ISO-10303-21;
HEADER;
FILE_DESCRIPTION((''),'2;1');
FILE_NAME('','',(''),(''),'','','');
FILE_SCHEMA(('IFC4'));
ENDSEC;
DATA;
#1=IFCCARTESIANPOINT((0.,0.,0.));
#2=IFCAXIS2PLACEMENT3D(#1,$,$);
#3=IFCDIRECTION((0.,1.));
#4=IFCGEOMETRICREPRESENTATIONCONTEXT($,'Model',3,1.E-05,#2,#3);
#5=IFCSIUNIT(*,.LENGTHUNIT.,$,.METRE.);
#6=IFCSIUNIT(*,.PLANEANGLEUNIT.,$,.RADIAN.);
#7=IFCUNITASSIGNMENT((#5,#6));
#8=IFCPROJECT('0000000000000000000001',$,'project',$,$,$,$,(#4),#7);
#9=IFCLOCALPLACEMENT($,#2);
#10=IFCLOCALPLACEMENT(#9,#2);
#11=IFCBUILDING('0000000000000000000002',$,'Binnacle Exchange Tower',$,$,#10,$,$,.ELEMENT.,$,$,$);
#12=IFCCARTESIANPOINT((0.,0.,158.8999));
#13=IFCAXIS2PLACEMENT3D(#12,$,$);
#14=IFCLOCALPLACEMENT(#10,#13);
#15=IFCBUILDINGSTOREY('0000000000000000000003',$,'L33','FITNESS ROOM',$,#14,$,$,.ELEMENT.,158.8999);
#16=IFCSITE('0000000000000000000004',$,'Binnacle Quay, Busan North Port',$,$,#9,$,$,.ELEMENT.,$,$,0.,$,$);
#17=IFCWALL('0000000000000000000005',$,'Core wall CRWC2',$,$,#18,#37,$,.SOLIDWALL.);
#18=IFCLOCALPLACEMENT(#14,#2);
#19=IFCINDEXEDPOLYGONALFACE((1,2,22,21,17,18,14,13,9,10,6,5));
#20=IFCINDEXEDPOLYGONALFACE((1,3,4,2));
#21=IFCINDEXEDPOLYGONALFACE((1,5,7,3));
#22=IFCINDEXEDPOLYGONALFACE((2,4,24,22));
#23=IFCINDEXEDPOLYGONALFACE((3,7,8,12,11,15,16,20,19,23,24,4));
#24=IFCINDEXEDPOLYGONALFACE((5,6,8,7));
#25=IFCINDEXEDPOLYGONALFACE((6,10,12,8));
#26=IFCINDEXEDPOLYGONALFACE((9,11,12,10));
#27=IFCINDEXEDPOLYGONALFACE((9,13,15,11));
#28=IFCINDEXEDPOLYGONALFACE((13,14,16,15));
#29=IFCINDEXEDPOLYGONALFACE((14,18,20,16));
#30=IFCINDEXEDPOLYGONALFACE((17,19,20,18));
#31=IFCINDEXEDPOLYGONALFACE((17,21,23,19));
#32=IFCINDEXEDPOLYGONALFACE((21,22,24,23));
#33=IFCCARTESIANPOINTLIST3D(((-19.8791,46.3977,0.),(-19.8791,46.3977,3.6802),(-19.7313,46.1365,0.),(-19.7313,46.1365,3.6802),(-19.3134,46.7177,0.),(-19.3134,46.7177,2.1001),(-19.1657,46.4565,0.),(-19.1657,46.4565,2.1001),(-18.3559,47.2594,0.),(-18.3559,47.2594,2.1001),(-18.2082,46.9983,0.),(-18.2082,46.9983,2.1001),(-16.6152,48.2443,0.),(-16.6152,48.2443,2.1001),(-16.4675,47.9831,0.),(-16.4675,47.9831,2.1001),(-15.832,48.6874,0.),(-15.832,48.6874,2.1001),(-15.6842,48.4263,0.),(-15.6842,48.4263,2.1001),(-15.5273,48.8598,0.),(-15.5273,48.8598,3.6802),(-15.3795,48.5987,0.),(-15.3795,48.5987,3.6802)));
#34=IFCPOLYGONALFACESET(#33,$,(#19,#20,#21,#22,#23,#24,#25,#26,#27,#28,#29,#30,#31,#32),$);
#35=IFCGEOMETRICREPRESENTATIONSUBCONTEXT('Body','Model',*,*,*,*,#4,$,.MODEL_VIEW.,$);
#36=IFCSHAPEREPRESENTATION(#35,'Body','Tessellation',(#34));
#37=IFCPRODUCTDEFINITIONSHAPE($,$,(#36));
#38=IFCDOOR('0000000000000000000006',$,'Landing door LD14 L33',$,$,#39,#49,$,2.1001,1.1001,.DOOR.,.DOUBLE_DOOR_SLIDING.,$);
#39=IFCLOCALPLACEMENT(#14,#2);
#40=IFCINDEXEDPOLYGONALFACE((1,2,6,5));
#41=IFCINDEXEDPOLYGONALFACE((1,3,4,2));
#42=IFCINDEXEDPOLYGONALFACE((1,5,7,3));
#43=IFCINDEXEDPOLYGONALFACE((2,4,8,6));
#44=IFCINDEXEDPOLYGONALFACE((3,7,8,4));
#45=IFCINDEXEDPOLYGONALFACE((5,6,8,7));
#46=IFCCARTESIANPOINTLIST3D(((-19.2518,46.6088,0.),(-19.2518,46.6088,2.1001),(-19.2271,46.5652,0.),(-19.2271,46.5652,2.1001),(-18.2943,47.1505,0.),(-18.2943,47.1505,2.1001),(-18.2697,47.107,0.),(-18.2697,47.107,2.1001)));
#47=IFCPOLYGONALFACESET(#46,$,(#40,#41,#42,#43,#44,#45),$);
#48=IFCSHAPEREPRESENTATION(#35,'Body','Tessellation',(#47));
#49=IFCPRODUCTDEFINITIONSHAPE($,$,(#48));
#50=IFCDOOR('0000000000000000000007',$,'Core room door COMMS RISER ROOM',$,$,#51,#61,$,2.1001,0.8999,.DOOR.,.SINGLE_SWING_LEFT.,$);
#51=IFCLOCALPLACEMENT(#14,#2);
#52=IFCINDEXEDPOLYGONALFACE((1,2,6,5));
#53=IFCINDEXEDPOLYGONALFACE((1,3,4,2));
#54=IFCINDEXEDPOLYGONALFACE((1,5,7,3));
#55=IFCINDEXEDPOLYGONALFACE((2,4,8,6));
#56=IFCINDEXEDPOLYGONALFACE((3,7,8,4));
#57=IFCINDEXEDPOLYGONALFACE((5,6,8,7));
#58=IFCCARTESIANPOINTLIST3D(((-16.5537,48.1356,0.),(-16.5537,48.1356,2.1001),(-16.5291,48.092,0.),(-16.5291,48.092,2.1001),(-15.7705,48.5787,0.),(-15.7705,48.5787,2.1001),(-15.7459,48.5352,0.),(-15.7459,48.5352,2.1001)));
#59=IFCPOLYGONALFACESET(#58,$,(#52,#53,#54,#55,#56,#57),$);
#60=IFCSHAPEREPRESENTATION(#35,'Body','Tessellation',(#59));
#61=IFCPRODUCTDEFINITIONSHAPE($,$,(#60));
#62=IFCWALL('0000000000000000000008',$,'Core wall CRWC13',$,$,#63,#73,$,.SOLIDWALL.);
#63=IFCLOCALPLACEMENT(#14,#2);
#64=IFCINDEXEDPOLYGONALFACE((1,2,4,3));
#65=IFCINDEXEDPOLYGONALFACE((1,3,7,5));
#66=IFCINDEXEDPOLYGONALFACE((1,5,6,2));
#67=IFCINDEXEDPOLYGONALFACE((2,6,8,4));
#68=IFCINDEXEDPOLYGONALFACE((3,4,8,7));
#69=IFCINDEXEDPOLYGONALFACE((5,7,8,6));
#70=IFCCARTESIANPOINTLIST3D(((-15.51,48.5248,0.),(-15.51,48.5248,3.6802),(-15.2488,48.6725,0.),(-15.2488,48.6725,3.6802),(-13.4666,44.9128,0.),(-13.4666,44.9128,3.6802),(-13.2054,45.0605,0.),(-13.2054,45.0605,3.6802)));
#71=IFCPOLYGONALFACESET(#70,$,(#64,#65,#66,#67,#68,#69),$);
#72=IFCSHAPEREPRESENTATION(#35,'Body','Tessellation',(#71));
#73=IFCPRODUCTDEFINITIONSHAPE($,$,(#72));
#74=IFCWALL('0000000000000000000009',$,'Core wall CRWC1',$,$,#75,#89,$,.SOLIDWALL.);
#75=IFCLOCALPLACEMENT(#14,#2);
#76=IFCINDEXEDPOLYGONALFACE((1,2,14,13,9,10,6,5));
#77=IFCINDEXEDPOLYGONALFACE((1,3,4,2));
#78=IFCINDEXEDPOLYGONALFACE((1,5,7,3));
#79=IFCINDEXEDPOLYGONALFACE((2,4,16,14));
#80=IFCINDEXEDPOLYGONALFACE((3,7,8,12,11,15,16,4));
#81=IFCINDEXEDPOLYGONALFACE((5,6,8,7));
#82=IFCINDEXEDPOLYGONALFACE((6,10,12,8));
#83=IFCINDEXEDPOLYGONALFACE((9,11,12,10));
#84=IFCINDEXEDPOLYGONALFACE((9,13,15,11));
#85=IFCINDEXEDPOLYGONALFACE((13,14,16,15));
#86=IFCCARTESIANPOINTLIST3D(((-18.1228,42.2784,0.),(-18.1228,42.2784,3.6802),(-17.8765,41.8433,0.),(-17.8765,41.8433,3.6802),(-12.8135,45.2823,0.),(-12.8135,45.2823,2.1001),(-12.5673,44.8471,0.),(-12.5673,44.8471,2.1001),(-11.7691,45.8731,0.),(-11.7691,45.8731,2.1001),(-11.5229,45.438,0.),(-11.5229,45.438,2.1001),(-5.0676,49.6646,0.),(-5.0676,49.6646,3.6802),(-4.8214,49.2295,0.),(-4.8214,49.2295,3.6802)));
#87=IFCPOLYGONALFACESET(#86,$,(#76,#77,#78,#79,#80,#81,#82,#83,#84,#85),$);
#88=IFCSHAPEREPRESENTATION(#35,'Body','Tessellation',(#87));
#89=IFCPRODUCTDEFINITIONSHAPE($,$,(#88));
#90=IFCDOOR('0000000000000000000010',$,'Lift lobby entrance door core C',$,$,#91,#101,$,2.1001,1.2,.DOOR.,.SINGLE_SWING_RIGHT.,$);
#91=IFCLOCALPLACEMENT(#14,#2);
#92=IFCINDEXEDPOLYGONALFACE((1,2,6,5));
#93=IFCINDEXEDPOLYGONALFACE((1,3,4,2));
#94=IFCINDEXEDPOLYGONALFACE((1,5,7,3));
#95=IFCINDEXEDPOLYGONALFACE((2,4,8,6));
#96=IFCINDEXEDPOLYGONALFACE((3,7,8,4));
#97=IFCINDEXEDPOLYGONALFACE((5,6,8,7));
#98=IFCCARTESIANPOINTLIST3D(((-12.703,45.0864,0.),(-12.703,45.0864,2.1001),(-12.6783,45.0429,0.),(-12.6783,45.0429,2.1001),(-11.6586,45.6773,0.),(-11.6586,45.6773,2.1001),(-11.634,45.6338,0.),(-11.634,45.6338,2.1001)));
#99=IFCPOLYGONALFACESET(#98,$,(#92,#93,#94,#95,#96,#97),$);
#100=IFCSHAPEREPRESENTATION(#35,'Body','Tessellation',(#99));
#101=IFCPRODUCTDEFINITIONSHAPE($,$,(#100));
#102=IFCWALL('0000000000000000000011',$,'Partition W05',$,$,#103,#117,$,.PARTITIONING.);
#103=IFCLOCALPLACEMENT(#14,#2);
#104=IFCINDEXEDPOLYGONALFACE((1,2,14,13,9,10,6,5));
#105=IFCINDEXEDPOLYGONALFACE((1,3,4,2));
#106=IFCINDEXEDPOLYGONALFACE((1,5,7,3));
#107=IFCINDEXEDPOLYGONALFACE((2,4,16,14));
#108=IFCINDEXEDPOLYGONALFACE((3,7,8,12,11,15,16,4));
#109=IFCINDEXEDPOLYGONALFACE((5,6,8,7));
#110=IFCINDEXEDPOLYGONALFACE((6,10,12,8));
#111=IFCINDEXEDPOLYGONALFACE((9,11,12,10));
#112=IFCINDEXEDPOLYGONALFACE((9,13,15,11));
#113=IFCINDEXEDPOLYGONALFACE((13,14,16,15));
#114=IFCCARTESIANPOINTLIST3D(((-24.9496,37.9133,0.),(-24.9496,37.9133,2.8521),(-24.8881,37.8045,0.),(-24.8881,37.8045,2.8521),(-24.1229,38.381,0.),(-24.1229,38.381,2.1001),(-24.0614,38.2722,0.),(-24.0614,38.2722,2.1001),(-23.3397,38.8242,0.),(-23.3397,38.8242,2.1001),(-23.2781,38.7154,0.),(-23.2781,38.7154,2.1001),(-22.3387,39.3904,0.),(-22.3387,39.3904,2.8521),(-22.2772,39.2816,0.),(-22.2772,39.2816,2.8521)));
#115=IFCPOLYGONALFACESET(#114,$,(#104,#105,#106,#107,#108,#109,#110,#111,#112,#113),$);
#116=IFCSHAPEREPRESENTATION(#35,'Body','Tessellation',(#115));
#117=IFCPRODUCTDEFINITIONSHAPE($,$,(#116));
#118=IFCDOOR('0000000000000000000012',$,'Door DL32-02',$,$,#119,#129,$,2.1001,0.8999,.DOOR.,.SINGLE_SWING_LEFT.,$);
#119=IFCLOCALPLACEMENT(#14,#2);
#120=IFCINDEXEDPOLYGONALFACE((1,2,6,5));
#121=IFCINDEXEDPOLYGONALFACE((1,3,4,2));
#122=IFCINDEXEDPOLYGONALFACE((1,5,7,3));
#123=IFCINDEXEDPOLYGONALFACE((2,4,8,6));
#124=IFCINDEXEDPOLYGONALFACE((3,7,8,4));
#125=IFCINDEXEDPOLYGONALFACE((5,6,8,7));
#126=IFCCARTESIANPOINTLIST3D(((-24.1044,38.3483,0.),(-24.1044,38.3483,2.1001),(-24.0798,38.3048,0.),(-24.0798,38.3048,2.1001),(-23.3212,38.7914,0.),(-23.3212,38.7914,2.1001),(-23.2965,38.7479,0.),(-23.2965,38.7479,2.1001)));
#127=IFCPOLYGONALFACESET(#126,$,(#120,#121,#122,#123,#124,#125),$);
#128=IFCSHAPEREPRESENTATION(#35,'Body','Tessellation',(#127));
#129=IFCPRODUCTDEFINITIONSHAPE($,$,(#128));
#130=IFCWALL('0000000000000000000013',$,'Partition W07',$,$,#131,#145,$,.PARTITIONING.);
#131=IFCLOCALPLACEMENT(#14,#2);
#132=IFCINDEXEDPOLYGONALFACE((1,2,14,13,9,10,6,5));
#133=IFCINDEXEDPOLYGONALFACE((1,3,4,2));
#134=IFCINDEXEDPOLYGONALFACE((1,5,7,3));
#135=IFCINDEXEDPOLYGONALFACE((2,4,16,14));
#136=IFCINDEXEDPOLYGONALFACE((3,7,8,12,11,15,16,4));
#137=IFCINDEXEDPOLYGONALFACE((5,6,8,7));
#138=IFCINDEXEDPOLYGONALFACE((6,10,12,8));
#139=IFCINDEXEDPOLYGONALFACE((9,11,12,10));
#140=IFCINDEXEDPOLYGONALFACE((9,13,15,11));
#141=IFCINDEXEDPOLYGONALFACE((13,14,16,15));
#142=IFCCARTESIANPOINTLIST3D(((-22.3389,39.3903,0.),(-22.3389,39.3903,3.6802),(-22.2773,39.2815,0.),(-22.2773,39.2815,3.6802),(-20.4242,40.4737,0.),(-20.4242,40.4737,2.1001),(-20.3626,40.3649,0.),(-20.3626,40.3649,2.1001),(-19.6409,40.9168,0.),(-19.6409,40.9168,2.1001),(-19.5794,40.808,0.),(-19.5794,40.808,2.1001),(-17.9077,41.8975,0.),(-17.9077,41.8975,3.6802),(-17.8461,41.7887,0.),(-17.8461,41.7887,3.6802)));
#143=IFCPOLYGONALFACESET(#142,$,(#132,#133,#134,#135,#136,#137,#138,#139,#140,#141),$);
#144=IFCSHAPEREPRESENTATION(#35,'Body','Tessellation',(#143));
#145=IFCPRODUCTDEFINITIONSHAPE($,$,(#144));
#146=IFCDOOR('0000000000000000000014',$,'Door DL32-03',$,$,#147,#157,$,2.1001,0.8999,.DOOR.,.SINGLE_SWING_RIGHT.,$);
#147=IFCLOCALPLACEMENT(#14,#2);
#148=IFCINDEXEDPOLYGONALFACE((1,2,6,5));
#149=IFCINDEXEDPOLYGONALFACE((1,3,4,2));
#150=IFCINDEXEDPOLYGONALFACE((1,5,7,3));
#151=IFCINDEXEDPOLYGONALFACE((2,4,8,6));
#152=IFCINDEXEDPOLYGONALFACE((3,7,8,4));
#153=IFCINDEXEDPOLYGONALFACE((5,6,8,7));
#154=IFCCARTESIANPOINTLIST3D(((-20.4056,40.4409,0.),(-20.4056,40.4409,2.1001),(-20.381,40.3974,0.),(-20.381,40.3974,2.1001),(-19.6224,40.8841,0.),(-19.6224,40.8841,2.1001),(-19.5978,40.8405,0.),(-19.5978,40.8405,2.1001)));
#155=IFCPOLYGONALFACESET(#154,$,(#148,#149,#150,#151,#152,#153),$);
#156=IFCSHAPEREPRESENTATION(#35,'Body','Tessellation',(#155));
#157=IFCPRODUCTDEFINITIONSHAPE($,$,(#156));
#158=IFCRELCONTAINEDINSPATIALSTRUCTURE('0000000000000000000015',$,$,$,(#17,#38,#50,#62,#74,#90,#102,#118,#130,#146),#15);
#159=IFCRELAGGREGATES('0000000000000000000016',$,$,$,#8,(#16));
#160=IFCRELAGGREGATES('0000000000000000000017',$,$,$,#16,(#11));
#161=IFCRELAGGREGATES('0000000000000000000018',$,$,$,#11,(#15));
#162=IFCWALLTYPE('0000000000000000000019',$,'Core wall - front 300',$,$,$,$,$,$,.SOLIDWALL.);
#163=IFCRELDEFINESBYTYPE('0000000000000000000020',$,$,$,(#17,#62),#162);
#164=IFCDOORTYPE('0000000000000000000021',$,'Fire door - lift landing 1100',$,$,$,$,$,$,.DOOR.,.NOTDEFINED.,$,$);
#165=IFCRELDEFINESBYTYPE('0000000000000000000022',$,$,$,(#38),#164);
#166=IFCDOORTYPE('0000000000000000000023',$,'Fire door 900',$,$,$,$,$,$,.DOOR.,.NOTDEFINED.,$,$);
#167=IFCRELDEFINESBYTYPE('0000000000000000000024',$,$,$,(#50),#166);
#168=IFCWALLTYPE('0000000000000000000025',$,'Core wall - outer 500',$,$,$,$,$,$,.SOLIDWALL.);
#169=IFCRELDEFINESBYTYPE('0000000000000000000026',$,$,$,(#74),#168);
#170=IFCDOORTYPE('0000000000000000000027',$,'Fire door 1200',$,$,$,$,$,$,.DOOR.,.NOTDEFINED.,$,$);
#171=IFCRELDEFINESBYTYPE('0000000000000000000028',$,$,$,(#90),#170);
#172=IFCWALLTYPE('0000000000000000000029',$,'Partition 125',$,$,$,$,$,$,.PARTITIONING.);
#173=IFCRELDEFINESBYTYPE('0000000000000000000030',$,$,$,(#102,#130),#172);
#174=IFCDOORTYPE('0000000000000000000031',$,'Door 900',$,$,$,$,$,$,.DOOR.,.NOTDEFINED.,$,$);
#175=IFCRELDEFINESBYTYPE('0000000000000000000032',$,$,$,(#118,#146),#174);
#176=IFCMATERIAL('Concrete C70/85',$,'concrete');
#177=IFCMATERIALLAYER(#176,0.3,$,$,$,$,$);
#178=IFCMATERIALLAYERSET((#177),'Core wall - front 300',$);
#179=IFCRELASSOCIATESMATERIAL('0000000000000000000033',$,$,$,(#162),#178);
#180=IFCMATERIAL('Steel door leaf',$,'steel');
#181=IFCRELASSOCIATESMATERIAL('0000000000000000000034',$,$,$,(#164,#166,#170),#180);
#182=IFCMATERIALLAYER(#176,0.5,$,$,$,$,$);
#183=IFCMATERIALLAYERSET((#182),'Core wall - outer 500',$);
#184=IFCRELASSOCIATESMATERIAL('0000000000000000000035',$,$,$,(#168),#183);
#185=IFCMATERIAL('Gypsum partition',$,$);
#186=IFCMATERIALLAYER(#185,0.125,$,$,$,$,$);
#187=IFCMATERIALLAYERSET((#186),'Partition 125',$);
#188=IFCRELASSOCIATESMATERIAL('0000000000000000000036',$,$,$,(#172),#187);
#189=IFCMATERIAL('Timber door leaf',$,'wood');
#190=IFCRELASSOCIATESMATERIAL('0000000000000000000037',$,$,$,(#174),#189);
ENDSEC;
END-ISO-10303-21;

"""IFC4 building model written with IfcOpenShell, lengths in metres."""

from ifc_helpers import new_model, si_unit, direction, frame, frame_2d, origin, place, context, subcontext, project, spatial, rectangle, extrude, material, layer, layer_set, type_object, element, fill, save


model = new_model("IFC4")

# Units and contexts
model_context = context("Model", 3, precision=1e-05, world=origin(), true_north=direction((0.0, 1.0)))
body_context = subcontext(model_context, "Body", "Model", "MODEL_VIEW")
ifc_project = project(units=[si_unit("LENGTHUNIT", "METRE"), si_unit("PLANEANGLEUNIT", "RADIAN")], contexts=[model_context])

# Site, building, storey
site_placement = place(None, origin())
site = spatial("IfcSite", under=ifc_project, at=site_placement, Name="Binnacle Quay, Busan North Port", CompositionType="ELEMENT", RefElevation=0.0)
building_placement = place(site_placement, origin())
building = spatial("IfcBuilding", under=site, at=building_placement, Name="Binnacle Exchange Tower", CompositionType="ELEMENT")
storey_placement = place(building_placement, frame((0.0, 0.0, 158.8999)))
storey = spatial("IfcBuildingStorey", under=building, at=storey_placement, Name="L33", Description="FITNESS ROOM", CompositionType="ELEMENT", Elevation=158.8999)

# Shared definitions
ifc_material_1 = material(Name="Concrete C70/85", Category="concrete")

# Wall, openings, doors
ifc_layer_1 = layer(ifc_material_1, 0.3)
ifc_layer_set_1 = layer_set([ifc_layer_1], Name="Core wall - front 300")
wall_type_1 = type_object("IfcWallType", Name="Core wall - front 300", PredefinedType="SOLIDWALL", material=ifc_layer_set_1)
wall_1_placement = place(storey_placement, frame((-19.8052, 46.2671, 0.0), z_axis=(0.0, 0.0, 1.0), x_axis=(0.870354, 0.492427, 0.0)))
wall_1 = element("IfcWall", 1, at=wall_1_placement, inside=storey, type_object=wall_type_1, Name="Core wall CRWC2", PredefinedType="SOLIDWALL", context=body_context, shape_type="SweptSolid", body=[
    extrude(rectangle(XDim=5.0, YDim=0.3, at=frame_2d((2.5, 0.0))), origin(), (0.0, 0.0, 1.0), 3.6802),
])
opening_1_placement = place(wall_1_placement, frame((0.6499, 0.0, 0.0)))
opening_1 = element("IfcOpeningElement", 2, at=opening_1_placement, cuts=wall_1, PredefinedType="OPENING", context=body_context, shape_type="SweptSolid", body=[
    extrude(rectangle(XDim=1.1001, YDim=2.1001, at=frame_2d((0.55, 1.05))), frame((0.0, 0.1599, 0.0), z_axis=(0.0, -1.0, 0.0), x_axis=(1.0, 0.0, 0.0)), (0.0, 0.0, 1.0), 0.3201),
])
opening_2_placement = place(wall_1_placement, frame((3.75, 0.0, 0.0)))
opening_2 = element("IfcOpeningElement", 3, at=opening_2_placement, cuts=wall_1, PredefinedType="OPENING", context=body_context, shape_type="SweptSolid", body=[
    extrude(rectangle(XDim=0.8999, YDim=2.1001, at=frame_2d((0.45, 1.05))), frame((0.0, 0.1599, 0.0), z_axis=(0.0, -1.0, 0.0), x_axis=(1.0, 0.0, 0.0)), (0.0, 0.0, 1.0), 0.3201),
])
ifc_material_2 = material(Name="Steel door leaf", Category="steel")
door_type_1 = type_object("IfcDoorType", Name="Fire door - lift landing 1100", OperationType="NOTDEFINED", PredefinedType="DOOR", material=ifc_material_2)
door_1_placement = place(opening_1_placement, origin())
door_1 = element("IfcDoor", 4, at=door_1_placement, inside=storey, type_object=door_type_1, Name="Landing door LD14 L33", OperationType="DOUBLE_DOOR_SLIDING", OverallHeight=2.1001, OverallWidth=1.1001, PredefinedType="DOOR", context=body_context, shape_type="SweptSolid", body=[
    extrude(rectangle(XDim=1.1001, YDim=2.1001, at=frame_2d((0.55, 1.05))), frame((0.0, 0.0249, 0.0), z_axis=(0.0, -1.0, 0.0), x_axis=(1.0, 0.0, 0.0)), (0.0, 0.0, 1.0), 0.05),
])
fill(opening_1, door_1)
door_type_2 = type_object("IfcDoorType", Name="Fire door 900", OperationType="NOTDEFINED", PredefinedType="DOOR", material=ifc_material_2)
door_2_placement = place(opening_2_placement, frame((0.8999, 0.0, 0.0), z_axis=(0.0, 0.0, 1.0), x_axis=(-1.0, 0.0, 0.0)))
door_2 = element("IfcDoor", 5, at=door_2_placement, inside=storey, type_object=door_type_2, Name="Core room door COMMS RISER ROOM", OperationType="SINGLE_SWING_LEFT", OverallHeight=2.1001, OverallWidth=0.8999, PredefinedType="DOOR", context=body_context, shape_type="SweptSolid", body=[
    extrude(rectangle(XDim=0.8999, YDim=2.1001, at=frame_2d((0.45, 1.05))), frame((0.0, 0.0249, 0.0), z_axis=(0.0, -1.0, 0.0), x_axis=(1.0, 0.0, 0.0)), (0.0, 0.0, 1.0), 0.05),
])
fill(opening_2, door_2)

# Wall
wall_2_placement = place(storey_placement, frame((-15.3794, 48.5986, 0.0), z_axis=(0.0, 0.0, 1.0), x_axis=(0.492396, -0.870371, 0.0)))
element("IfcWall", 6, at=wall_2_placement, inside=storey, type_object=wall_type_1, Name="Core wall CRWC13", PredefinedType="SOLIDWALL", context=body_context, shape_type="SweptSolid", body=[
    extrude(rectangle(XDim=4.1499, YDim=0.3, at=frame_2d((2.075, 0.0))), origin(), (0.0, 0.0, 1.0), 3.6802),
])

# Walls, openings, doors
ifc_layer_2 = layer(ifc_material_1, 0.5)
ifc_layer_set_2 = layer_set([ifc_layer_2], Name="Core wall - outer 500")
wall_type_2 = type_object("IfcWallType", Name="Core wall - outer 500", PredefinedType="SOLIDWALL", material=ifc_layer_set_2)
wall_3_placement = place(storey_placement, frame((-17.9998, 42.0608, 0.0), z_axis=(0.0, 0.0, 1.0), x_axis=(0.870357, 0.492422, 0.0)))
wall_3 = element("IfcWall", 7, at=wall_3_placement, inside=storey, type_object=wall_type_2, Name="Core wall CRWC1", PredefinedType="SOLIDWALL", context=body_context, shape_type="SweptSolid", body=[
    extrude(rectangle(XDim=14.9998, YDim=0.5, at=frame_2d((7.5, 0.0))), origin(), (0.0, 0.0, 1.0), 3.6802),
])
opening_3_placement = place(wall_3_placement, frame((6.1001, 0.0, 0.0)))
opening_3 = element("IfcOpeningElement", 8, at=opening_3_placement, cuts=wall_3, PredefinedType="OPENING", context=body_context, shape_type="SweptSolid", body=[
    extrude(rectangle(XDim=1.2, YDim=2.1001, at=frame_2d((0.6001, 1.05))), frame((0.0, 0.26, 0.0), z_axis=(0.0, -1.0, 0.0), x_axis=(1.0, 0.0, 0.0)), (0.0, 0.0, 1.0), 0.52),
])
door_type_3 = type_object("IfcDoorType", Name="Fire door 1200", OperationType="NOTDEFINED", PredefinedType="DOOR", material=ifc_material_2)
door_3_placement = place(opening_3_placement, frame((1.2, 0.0, 0.0), z_axis=(0.0, 0.0, 1.0), x_axis=(-1.0, 0.0, 0.0)))
door_3 = element("IfcDoor", 9, at=door_3_placement, inside=storey, type_object=door_type_3, Name="Lift lobby entrance door core C", OperationType="SINGLE_SWING_RIGHT", OverallHeight=2.1001, OverallWidth=1.2, PredefinedType="DOOR", context=body_context, shape_type="SweptSolid", body=[
    extrude(rectangle(XDim=1.2, YDim=2.1001, at=frame_2d((0.6001, 1.05))), frame((0.0, 0.0249, 0.0), z_axis=(0.0, -1.0, 0.0), x_axis=(1.0, 0.0, 0.0)), (0.0, 0.0, 1.0), 0.05),
])
fill(opening_3, door_3)
ifc_material_3 = material(Name="Gypsum partition")
ifc_layer_3 = layer(ifc_material_3, 0.125)
ifc_layer_set_3 = layer_set([ifc_layer_3], Name="Partition 125")
wall_type_3 = type_object("IfcWallType", Name="Partition 125", PredefinedType="PARTITIONING", material=ifc_layer_set_3)
wall_4_placement = place(storey_placement, frame((-24.9189, 37.8589, 0.0), z_axis=(0.0, 0.0, 1.0), x_axis=(0.870369, 0.4924, 0.0)))
wall_4 = element("IfcWall", 10, at=wall_4_placement, inside=storey, type_object=wall_type_3, Name="Partition W05", PredefinedType="PARTITIONING", context=body_context, shape_type="SweptSolid", body=[
    extrude(rectangle(XDim=2.9998, YDim=0.125, at=frame_2d((1.5, 0.0))), origin(), (0.0, 0.0, 1.0), 2.8521),
])
opening_4_placement = place(wall_4_placement, frame((0.95, 0.0, 0.0)))
opening_4 = element("IfcOpeningElement", 11, at=opening_4_placement, cuts=wall_4, PredefinedType="OPENING", context=body_context, shape_type="SweptSolid", body=[
    extrude(rectangle(XDim=0.8999, YDim=2.1001, at=frame_2d((0.45, 1.05))), frame((0.0, 0.0725, 0.0), z_axis=(0.0, -1.0, 0.0), x_axis=(1.0, 0.0, 0.0)), (0.0, 0.0, 1.0), 0.145),
])
ifc_material_4 = material(Name="Timber door leaf", Category="wood")
door_type_4 = type_object("IfcDoorType", Name="Door 900", OperationType="NOTDEFINED", PredefinedType="DOOR", material=ifc_material_4)
door_4_placement = place(opening_4_placement, origin())
door_4 = element("IfcDoor", 12, at=door_4_placement, inside=storey, type_object=door_type_4, Name="Door DL32-02", OperationType="SINGLE_SWING_LEFT", OverallHeight=2.1001, OverallWidth=0.8999, PredefinedType="DOOR", context=body_context, shape_type="SweptSolid", body=[
    extrude(rectangle(XDim=0.8999, YDim=2.1001, at=frame_2d((0.45, 1.05))), frame((0.0, 0.0249, 0.0), z_axis=(0.0, -1.0, 0.0), x_axis=(1.0, 0.0, 0.0)), (0.0, 0.0, 1.0), 0.05),
])
fill(opening_4, door_4)
wall_5_placement = place(storey_placement, frame((-22.3081, 39.3359, 0.0), z_axis=(0.0, 0.0, 1.0), x_axis=(0.870351, 0.492432, 0.0)))
wall_5 = element("IfcWall", 13, at=wall_5_placement, inside=storey, type_object=wall_type_3, Name="Partition W07", PredefinedType="PARTITIONING", context=body_context, shape_type="SweptSolid", body=[
    extrude(rectangle(XDim=5.0913, YDim=0.125, at=frame_2d((2.5457, 0.0))), origin(), (0.0, 0.0, 1.0), 3.6802),
])
opening_5_placement = place(wall_5_placement, frame((2.2, 0.0, 0.0)))
opening_5 = element("IfcOpeningElement", 14, at=opening_5_placement, cuts=wall_5, PredefinedType="OPENING", context=body_context, shape_type="SweptSolid", body=[
    extrude(rectangle(XDim=0.8999, YDim=2.1001, at=frame_2d((0.45, 1.05))), frame((0.0, 0.0725, 0.0), z_axis=(0.0, -1.0, 0.0), x_axis=(1.0, 0.0, 0.0)), (0.0, 0.0, 1.0), 0.145),
])
door_5_placement = place(opening_5_placement, origin())
door_5 = element("IfcDoor", 15, at=door_5_placement, inside=storey, type_object=door_type_4, Name="Door DL32-03", OperationType="SINGLE_SWING_RIGHT", OverallHeight=2.1001, OverallWidth=0.8999, PredefinedType="DOOR", context=body_context, shape_type="SweptSolid", body=[
    extrude(rectangle(XDim=0.8999, YDim=2.1001, at=frame_2d((0.45, 1.05))), frame((0.0, 0.0249, 0.0), z_axis=(0.0, -1.0, 0.0), x_axis=(1.0, 0.0, 0.0)), (0.0, 0.0, 1.0), 0.05),
])
fill(opening_5, door_5)

save(model, "model.ifc")
